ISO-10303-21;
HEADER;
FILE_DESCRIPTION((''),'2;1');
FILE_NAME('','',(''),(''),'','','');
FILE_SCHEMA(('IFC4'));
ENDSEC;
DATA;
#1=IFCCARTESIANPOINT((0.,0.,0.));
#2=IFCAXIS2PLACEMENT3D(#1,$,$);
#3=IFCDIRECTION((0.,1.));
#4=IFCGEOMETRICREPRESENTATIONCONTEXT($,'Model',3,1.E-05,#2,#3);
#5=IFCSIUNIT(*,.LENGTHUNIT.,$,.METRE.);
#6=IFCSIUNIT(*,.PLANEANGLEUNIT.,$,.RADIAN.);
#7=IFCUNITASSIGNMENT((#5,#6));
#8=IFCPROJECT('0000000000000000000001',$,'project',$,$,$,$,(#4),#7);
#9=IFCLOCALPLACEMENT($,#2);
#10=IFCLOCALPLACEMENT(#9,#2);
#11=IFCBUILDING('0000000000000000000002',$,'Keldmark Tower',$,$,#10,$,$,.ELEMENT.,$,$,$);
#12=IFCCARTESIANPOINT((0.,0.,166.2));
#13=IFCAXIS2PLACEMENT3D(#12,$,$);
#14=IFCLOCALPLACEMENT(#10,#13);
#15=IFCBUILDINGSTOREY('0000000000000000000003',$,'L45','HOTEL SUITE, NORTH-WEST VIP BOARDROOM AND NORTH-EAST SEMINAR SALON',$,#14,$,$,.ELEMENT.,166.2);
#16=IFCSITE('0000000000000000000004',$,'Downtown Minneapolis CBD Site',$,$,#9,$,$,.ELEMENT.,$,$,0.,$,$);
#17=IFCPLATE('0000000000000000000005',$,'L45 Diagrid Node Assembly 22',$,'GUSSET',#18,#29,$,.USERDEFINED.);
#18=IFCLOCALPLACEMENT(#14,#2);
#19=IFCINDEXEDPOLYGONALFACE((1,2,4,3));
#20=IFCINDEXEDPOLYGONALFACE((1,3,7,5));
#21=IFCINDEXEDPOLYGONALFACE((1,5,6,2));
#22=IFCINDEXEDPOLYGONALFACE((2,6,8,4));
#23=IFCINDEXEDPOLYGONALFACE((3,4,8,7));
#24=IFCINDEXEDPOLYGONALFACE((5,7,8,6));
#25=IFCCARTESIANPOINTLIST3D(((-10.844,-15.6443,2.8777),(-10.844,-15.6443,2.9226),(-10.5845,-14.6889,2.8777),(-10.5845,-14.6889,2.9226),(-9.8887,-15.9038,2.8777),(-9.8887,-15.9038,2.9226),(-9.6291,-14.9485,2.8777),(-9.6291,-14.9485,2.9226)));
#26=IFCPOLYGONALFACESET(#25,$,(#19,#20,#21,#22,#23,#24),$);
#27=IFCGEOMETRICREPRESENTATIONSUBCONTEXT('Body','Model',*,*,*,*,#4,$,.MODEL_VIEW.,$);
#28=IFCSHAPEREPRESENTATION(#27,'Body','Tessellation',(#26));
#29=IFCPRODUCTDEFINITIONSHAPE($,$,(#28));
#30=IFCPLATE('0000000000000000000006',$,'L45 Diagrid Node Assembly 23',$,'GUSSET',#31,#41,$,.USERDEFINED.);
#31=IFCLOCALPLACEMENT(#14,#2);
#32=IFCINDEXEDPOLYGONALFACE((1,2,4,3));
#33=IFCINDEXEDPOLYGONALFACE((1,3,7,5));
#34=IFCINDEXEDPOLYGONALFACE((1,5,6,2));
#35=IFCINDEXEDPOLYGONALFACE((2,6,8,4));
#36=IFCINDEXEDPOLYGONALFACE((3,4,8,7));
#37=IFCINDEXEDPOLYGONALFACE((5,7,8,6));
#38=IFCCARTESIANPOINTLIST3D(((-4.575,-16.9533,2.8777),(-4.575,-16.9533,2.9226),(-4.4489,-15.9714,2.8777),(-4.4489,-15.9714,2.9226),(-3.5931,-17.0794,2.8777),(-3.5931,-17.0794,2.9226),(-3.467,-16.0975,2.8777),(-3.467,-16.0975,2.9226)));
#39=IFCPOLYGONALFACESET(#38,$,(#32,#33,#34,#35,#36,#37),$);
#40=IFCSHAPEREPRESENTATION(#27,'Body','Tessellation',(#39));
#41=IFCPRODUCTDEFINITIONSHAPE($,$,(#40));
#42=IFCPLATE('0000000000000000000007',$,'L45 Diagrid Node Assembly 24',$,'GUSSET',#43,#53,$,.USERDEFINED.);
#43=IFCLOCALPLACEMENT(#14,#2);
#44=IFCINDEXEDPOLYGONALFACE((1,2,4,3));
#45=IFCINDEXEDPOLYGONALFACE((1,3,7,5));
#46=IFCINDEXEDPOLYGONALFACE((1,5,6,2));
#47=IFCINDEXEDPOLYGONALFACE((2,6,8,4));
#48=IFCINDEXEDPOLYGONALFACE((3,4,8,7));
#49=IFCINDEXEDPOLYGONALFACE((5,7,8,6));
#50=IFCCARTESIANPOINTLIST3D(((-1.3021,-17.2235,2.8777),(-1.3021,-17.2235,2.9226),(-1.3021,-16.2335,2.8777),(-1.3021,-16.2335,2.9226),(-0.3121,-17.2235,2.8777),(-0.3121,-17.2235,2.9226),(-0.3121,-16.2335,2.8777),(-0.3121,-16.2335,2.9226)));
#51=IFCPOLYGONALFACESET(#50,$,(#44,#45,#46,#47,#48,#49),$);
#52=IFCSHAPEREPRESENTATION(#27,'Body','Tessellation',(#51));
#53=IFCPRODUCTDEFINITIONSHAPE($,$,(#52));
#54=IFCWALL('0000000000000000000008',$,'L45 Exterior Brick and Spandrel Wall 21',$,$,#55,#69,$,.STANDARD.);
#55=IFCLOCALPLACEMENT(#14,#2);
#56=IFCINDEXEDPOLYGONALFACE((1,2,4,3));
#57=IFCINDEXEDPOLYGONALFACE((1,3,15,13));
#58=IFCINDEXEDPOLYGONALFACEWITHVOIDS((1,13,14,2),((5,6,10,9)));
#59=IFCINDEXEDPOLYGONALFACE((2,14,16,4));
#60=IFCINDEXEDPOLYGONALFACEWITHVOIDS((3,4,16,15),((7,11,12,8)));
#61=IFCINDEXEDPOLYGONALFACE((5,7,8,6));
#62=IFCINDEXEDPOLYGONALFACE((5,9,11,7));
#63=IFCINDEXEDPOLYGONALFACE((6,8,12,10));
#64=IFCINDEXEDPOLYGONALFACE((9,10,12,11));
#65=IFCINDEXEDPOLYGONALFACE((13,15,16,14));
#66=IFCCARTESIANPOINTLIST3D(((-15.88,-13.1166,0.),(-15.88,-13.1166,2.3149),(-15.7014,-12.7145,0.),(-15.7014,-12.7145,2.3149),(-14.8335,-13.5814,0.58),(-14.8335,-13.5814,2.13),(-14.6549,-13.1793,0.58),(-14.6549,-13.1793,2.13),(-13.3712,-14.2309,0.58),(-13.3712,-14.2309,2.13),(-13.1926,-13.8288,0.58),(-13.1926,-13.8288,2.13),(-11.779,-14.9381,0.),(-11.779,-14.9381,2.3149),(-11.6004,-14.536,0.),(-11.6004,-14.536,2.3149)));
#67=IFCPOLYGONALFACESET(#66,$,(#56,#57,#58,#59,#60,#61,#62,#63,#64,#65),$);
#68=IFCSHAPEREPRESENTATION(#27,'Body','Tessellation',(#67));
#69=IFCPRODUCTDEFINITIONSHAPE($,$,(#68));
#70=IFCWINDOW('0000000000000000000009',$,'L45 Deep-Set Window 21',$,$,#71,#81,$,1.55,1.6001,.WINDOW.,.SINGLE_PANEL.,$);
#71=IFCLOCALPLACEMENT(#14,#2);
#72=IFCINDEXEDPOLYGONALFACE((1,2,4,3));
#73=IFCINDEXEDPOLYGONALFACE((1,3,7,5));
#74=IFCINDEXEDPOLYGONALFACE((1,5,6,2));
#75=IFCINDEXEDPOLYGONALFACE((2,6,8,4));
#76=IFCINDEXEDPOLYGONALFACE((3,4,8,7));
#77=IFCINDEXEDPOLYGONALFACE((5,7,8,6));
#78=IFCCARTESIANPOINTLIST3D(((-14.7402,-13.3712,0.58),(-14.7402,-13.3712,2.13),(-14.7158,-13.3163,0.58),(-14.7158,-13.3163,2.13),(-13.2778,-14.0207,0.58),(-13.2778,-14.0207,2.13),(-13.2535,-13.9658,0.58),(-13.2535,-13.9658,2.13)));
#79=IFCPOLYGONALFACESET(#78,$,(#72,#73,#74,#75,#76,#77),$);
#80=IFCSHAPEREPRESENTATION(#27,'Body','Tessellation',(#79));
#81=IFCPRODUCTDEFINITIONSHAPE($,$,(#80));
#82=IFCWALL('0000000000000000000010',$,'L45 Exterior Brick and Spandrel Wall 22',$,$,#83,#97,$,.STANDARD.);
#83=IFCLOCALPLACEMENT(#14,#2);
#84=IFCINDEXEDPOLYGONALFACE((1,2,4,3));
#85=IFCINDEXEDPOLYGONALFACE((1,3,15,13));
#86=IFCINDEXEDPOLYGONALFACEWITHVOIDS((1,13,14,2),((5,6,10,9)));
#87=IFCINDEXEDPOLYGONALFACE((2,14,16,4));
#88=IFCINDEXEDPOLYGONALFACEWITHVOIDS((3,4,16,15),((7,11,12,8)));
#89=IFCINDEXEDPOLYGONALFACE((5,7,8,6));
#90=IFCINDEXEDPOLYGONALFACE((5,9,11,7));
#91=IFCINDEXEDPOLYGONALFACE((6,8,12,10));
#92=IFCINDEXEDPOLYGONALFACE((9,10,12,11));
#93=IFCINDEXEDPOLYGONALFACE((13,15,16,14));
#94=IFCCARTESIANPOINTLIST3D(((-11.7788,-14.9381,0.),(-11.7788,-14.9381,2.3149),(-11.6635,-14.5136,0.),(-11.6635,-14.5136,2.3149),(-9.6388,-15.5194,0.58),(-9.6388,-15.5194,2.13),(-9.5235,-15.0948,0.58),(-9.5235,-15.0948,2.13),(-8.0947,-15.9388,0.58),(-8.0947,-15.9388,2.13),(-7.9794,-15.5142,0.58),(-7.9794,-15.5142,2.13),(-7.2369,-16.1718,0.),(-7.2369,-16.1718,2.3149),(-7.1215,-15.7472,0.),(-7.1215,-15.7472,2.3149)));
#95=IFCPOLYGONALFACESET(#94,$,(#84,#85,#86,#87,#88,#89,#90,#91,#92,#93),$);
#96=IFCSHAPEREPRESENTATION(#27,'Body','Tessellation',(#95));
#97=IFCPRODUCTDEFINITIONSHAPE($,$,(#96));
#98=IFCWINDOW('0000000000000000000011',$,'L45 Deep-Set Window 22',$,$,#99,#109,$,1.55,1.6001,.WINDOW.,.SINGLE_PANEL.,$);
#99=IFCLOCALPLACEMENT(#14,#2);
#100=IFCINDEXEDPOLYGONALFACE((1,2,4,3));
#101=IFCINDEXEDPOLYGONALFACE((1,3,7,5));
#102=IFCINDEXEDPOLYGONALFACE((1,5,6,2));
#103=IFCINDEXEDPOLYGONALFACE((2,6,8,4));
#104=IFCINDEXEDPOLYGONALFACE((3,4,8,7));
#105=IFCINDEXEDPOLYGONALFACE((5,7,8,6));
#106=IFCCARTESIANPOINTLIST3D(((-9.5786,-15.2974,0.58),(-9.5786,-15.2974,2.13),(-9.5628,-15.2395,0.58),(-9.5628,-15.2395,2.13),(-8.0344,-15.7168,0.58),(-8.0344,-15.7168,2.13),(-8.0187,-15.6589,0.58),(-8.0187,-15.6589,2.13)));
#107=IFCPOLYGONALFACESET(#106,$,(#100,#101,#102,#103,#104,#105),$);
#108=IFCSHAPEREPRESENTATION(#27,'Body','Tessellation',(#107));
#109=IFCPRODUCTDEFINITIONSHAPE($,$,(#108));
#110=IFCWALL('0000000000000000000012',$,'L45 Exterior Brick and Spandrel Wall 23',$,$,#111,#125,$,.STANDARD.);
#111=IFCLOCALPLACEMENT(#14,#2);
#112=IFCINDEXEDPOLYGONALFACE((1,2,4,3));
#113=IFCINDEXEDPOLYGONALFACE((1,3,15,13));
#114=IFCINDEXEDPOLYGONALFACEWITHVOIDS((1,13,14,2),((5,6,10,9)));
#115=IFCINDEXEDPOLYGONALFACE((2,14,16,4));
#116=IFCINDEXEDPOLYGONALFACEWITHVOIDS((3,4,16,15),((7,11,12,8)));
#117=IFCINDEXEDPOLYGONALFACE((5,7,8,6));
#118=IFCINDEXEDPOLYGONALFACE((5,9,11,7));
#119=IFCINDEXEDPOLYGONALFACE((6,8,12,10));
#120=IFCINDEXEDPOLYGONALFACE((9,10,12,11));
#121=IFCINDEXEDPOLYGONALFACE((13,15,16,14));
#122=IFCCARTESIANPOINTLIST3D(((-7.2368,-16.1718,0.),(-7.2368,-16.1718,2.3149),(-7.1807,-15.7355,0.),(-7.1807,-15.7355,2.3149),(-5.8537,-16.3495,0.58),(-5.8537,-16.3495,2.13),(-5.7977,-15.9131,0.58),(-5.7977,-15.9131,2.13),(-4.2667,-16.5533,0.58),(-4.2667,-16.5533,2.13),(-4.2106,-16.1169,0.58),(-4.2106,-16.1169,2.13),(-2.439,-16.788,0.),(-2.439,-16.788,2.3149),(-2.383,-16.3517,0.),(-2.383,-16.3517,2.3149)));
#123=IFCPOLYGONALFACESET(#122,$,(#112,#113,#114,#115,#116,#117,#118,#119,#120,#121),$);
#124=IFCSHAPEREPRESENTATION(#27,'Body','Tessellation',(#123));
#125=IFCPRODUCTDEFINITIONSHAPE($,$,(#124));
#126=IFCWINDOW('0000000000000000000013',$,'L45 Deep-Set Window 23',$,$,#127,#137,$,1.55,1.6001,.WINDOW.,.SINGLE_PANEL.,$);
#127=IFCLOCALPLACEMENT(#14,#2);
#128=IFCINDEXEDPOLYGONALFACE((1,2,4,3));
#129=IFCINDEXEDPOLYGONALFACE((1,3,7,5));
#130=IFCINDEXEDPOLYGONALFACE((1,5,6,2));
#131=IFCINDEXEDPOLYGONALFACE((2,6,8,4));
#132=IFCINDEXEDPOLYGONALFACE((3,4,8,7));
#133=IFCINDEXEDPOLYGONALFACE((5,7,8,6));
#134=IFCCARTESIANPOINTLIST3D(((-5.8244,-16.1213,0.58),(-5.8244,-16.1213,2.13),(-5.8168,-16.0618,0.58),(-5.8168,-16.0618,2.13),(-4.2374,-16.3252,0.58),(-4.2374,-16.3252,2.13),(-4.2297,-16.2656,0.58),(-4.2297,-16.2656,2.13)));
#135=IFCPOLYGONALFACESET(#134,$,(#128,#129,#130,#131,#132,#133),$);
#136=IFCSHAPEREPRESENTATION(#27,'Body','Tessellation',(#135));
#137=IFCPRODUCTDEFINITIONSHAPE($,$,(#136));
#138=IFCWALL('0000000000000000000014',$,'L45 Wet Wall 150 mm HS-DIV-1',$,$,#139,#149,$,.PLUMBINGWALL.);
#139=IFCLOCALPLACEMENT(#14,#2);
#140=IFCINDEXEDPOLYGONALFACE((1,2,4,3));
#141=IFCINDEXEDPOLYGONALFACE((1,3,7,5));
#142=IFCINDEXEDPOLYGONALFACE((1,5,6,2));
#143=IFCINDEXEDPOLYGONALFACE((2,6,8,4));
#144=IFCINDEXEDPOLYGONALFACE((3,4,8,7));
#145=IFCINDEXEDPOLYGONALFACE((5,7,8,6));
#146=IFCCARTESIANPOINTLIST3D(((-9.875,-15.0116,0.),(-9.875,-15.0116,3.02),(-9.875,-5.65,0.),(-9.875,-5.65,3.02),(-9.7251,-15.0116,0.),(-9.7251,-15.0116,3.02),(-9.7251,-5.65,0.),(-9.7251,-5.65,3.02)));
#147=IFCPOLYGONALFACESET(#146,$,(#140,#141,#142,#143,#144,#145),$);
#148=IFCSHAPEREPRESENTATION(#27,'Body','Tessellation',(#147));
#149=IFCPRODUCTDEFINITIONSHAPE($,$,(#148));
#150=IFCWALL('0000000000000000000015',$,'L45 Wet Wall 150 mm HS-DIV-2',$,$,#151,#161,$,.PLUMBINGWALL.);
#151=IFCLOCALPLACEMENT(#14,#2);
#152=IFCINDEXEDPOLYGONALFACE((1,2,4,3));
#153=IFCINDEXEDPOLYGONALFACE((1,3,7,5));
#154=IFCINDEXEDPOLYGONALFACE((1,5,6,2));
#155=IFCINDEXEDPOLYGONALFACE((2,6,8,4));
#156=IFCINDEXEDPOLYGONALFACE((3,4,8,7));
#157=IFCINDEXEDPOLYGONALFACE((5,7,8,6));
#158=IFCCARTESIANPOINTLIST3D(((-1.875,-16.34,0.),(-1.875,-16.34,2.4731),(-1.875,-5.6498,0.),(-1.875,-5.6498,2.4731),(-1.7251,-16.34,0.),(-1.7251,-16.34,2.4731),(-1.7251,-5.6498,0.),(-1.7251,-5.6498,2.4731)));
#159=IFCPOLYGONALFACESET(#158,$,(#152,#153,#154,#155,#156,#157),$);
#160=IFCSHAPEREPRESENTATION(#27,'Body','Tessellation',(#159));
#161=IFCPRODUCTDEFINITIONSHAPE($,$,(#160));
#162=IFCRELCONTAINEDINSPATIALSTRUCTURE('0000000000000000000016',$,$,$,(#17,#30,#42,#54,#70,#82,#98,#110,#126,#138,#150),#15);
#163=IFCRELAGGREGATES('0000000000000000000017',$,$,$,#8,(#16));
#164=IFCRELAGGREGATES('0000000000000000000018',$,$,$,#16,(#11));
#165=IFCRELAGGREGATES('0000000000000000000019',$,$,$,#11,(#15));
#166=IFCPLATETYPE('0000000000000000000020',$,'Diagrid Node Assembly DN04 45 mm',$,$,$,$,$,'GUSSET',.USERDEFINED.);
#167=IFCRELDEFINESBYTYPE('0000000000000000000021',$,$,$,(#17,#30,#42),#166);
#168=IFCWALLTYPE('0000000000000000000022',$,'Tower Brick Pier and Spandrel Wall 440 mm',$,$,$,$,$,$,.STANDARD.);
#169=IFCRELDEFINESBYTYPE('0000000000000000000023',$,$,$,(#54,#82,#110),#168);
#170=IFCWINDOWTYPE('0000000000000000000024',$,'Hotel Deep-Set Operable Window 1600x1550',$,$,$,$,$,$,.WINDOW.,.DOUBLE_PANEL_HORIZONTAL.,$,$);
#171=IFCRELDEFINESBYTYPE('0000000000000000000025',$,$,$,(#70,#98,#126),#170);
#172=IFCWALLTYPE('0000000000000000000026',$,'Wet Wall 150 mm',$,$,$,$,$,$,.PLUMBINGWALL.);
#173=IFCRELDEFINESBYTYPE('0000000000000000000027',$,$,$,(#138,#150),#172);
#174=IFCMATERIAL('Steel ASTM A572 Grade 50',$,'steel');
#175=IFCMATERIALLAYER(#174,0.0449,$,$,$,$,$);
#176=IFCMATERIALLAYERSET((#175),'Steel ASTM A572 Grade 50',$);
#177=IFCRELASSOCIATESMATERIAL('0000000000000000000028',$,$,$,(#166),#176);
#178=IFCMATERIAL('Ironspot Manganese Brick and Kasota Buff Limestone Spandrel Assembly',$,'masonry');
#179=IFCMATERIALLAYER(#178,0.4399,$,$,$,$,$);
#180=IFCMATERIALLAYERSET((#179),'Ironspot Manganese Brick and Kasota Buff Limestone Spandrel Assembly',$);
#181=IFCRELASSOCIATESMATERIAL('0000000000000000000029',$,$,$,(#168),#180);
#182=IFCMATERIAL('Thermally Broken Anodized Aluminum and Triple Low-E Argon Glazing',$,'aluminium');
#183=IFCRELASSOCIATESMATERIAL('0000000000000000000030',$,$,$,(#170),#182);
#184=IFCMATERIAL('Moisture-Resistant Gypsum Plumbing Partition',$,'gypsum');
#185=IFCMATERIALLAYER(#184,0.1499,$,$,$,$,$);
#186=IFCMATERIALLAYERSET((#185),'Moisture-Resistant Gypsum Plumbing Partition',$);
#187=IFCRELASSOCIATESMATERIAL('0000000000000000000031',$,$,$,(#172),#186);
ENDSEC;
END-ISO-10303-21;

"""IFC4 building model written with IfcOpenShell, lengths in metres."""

from ifc_helpers import new_model, si_unit, direction, frame, frame_2d, origin, origin_2d, place, context, subcontext, project, spatial, rectangle, extrude, material, layer, layer_set, type_object, element, fill, save


model = new_model("IFC4")

# Units and contexts
model_context = context("Model", 3, precision=1e-05, world=origin(), true_north=direction((0.0, 1.0)))
body_context = subcontext(model_context, "Body", "Model", "MODEL_VIEW")
ifc_project = project(units=[si_unit("LENGTHUNIT", "METRE"), si_unit("PLANEANGLEUNIT", "RADIAN")], contexts=[model_context])

# Site, building, storey
site_placement = place(None, origin())
site = spatial("IfcSite", under=ifc_project, at=site_placement, Name="Downtown Minneapolis CBD Site", CompositionType="ELEMENT", RefElevation=0.0)
building_placement = place(site_placement, origin())
building = spatial("IfcBuilding", under=site, at=building_placement, Name="Keldmark Tower", CompositionType="ELEMENT")
storey_placement = place(building_placement, frame((0.0, 0.0, 166.2)))
storey = spatial("IfcBuildingStorey", under=building, at=storey_placement, Name="L45", Description="HOTEL SUITE, NORTH-WEST VIP BOARDROOM AND NORTH-EAST SEMINAR SALON", CompositionType="ELEMENT", Elevation=166.2)

# Plates
ifc_material_1 = material(Name="Steel ASTM A572 Grade 50", Category="steel")
ifc_layer_1 = layer(ifc_material_1, 0.0449)
ifc_layer_set_1 = layer_set([ifc_layer_1], Name="Steel ASTM A572 Grade 50")
plate_type = type_object("IfcPlateType", Name="Diagrid Node Assembly DN04 45 mm", ElementType="GUSSET", PredefinedType="USERDEFINED", material=ifc_layer_set_1)
for number, where, z_axis, x_axis, name in (
    (1, (-10.2366, -15.2964, 2.8777), (0.0, 0.0, 1.0), (0.965016, -0.262189, 0.0), "L45 Diagrid Node Assembly 22"),
    (2, (-4.021, -16.5254, 2.8777), (0.0, 0.0, 1.0), (0.99185, -0.127411, 0.0), "L45 Diagrid Node Assembly 23"),
    (3, (-0.8071, -16.7285, 2.8777), (0.0, 0.0, 1.0), (1.0, 0.0, 0.0), "L45 Diagrid Node Assembly 24"),
):
    element("IfcPlate", number, at=place(storey_placement, frame(where, z_axis=z_axis, x_axis=x_axis)), inside=storey, type_object=plate_type, Name=name, ObjectType="GUSSET", PredefinedType="USERDEFINED", context=body_context, shape_type="SweptSolid", body=[
        extrude(rectangle(XDim=0.99, YDim=0.99, at=origin_2d()), origin(), (0.0, 0.0, 1.0), 0.0449),
    ])

# Walls, openings, windows
ifc_material_2 = material(Name="Ironspot Manganese Brick and Kasota Buff Limestone Spandrel Assembly", Category="masonry")
ifc_layer_2 = layer(ifc_material_2, 0.4399)
ifc_layer_set_2 = layer_set([ifc_layer_2], Name="Ironspot Manganese Brick and Kasota Buff Limestone Spandrel Assembly")
wall_type_1 = type_object("IfcWallType", Name="Tower Brick Pier and Spandrel Wall 440 mm", PredefinedType="STANDARD", material=ifc_layer_set_2)
wall_1_placement = place(storey_placement, frame((-11.6897, -14.7371, 0.0), z_axis=(0.0, 0.0, 1.0), x_axis=(-0.913908, 0.405921, 0.0)))
wall_1 = element("IfcWall", 4, at=wall_1_placement, inside=storey, type_object=wall_type_1, Name="L45 Exterior Brick and Spandrel Wall 21", PredefinedType="STANDARD", context=body_context, shape_type="SweptSolid", body=[
    extrude(rectangle(XDim=4.4873, YDim=0.4399, at=frame_2d((2.2437, 0.0))), origin(), (0.0, 0.0, 1.0), 2.3149),
])
opening_1_placement = place(wall_1_placement, frame((1.7422, 0.0, 0.5801)))
opening_1 = element("IfcOpeningElement", 5, at=opening_1_placement, cuts=wall_1, PredefinedType="OPENING", context=body_context, shape_type="SweptSolid", body=[
    extrude(rectangle(XDim=1.6001, YDim=1.55, at=frame_2d((0.8, 0.7749))), frame((0.0, 0.23, 0.0), z_axis=(0.0, -1.0, 0.0), x_axis=(1.0, 0.0, 0.0)), (0.0, 0.0, 1.0), 0.46),
])
ifc_material_3 = material(Name="Thermally Broken Anodized Aluminum and Triple Low-E Argon Glazing", Category="aluminium")
window_type = type_object("IfcWindowType", Name="Hotel Deep-Set Operable Window 1600x1550", PartitioningType="DOUBLE_PANEL_HORIZONTAL", PredefinedType="WINDOW", material=ifc_material_3)
window_1_placement = place(opening_1_placement, origin())
window_1 = element("IfcWindow", 6, at=window_1_placement, inside=storey, type_object=window_type, Name="L45 Deep-Set Window 21", OverallHeight=1.55, OverallWidth=1.6001, PartitioningType="SINGLE_PANEL", PredefinedType="WINDOW", context=body_context, shape_type="SweptSolid", body=[
    extrude(rectangle(XDim=1.6001, YDim=1.55, at=frame_2d((0.8, 0.7749))), frame((0.0, -0.01, 0.0), z_axis=(0.0, -1.0, 0.0), x_axis=(1.0, 0.0, 0.0)), (0.0, 0.0, 1.0), 0.0601),
])
fill(opening_1, window_1)
wall_2_placement = place(storey_placement, frame((-7.1792, -15.9595, 0.0), z_axis=(0.0, 0.0, 1.0), x_axis=(-0.965037, 0.262112, 0.0)))
wall_2 = element("IfcWall", 7, at=wall_2_placement, inside=storey, type_object=wall_type_1, Name="L45 Exterior Brick and Spandrel Wall 22", PredefinedType="STANDARD", context=body_context, shape_type="SweptSolid", body=[
    extrude(rectangle(XDim=4.7065, YDim=0.4399, at=frame_2d((2.3533, 0.0))), origin(), (0.0, 0.0, 1.0), 2.3149),
])
opening_2_placement = place(wall_2_placement, frame((0.8889, 0.0, 0.5801)))
opening_2 = element("IfcOpeningElement", 8, at=opening_2_placement, cuts=wall_2, PredefinedType="OPENING", context=body_context, shape_type="SweptSolid", body=[
    extrude(rectangle(XDim=1.6001, YDim=1.55, at=frame_2d((0.8, 0.7749))), frame((0.0, 0.23, 0.0), z_axis=(0.0, -1.0, 0.0), x_axis=(1.0, 0.0, 0.0)), (0.0, 0.0, 1.0), 0.46),
])
window_2_placement = place(opening_2_placement, origin())
window_2 = element("IfcWindow", 9, at=window_2_placement, inside=storey, type_object=window_type, Name="L45 Deep-Set Window 22", OverallHeight=1.55, OverallWidth=1.6001, PartitioningType="SINGLE_PANEL", PredefinedType="WINDOW", context=body_context, shape_type="SweptSolid", body=[
    extrude(rectangle(XDim=1.6001, YDim=1.55, at=frame_2d((0.8, 0.7749))), frame((0.0, -0.01, 0.0), z_axis=(0.0, -1.0, 0.0), x_axis=(1.0, 0.0, 0.0)), (0.0, 0.0, 1.0), 0.0601),
])
fill(opening_2, window_2)
wall_3_placement = place(storey_placement, frame((-2.4111, -16.5698, 0.0), z_axis=(0.0, 0.0, 1.0), x_axis=(-0.991853, 0.127388, 0.0)))
wall_3 = element("IfcWall", 10, at=wall_3_placement, inside=storey, type_object=wall_type_1, Name="L45 Exterior Brick and Spandrel Wall 23", PredefinedType="STANDARD", context=body_context, shape_type="SweptSolid", body=[
    extrude(rectangle(XDim=4.8372, YDim=0.4399, at=frame_2d((2.4185, 0.0))), origin(), (0.0, 0.0, 1.0), 2.3149),
])
opening_3_placement = place(wall_3_placement, frame((1.8425, 0.0, 0.5801)))
opening_3 = element("IfcOpeningElement", 11, at=opening_3_placement, cuts=wall_3, PredefinedType="OPENING", context=body_context, shape_type="SweptSolid", body=[
    extrude(rectangle(XDim=1.6001, YDim=1.55, at=frame_2d((0.8, 0.7749))), frame((0.0, 0.23, 0.0), z_axis=(0.0, -1.0, 0.0), x_axis=(1.0, 0.0, 0.0)), (0.0, 0.0, 1.0), 0.46),
])
window_3_placement = place(opening_3_placement, origin())
window_3 = element("IfcWindow", 12, at=window_3_placement, inside=storey, type_object=window_type, Name="L45 Deep-Set Window 23", OverallHeight=1.55, OverallWidth=1.6001, PartitioningType="SINGLE_PANEL", PredefinedType="WINDOW", context=body_context, shape_type="SweptSolid", body=[
    extrude(rectangle(XDim=1.6001, YDim=1.55, at=frame_2d((0.8, 0.7749))), frame((0.0, -0.01, 0.0), z_axis=(0.0, -1.0, 0.0), x_axis=(1.0, 0.0, 0.0)), (0.0, 0.0, 1.0), 0.0601),
])
fill(opening_3, window_3)

# Walls
ifc_material_4 = material(Name="Moisture-Resistant Gypsum Plumbing Partition", Category="gypsum")
ifc_layer_3 = layer(ifc_material_4, 0.1499)
ifc_layer_set_3 = layer_set([ifc_layer_3], Name="Moisture-Resistant Gypsum Plumbing Partition")
wall_type_2 = type_object("IfcWallType", Name="Wet Wall 150 mm", PredefinedType="PLUMBINGWALL", material=ifc_layer_set_3)
wall_4_placement = place(storey_placement, frame((-9.8, -15.0115, 0.0), z_axis=(0.0, 0.0, 1.0), x_axis=(0.0, 1.0, 0.0)))
element("IfcWall", 13, at=wall_4_placement, inside=storey, type_object=wall_type_2, Name="L45 Wet Wall 150 mm HS-DIV-1", PredefinedType="PLUMBINGWALL", context=body_context, shape_type="SweptSolid", body=[
    extrude(rectangle(XDim=9.3616, YDim=0.1499, at=frame_2d((4.6807, 0.0))), origin(), (0.0, 0.0, 1.0), 3.02),
])
wall_5_placement = place(storey_placement, frame((-1.8, -16.3401, 0.0), z_axis=(0.0, 0.0, 1.0), x_axis=(0.0, 1.0, 0.0)))
element("IfcWall", 14, at=wall_5_placement, inside=storey, type_object=wall_type_2, Name="L45 Wet Wall 150 mm HS-DIV-2", PredefinedType="PLUMBINGWALL", context=body_context, shape_type="SweptSolid", body=[
    extrude(rectangle(XDim=10.6902, YDim=0.1499, at=frame_2d((5.3452, 0.0))), origin(), (0.0, 0.0, 1.0), 2.4731),
])

save(model, "model.ifc")
